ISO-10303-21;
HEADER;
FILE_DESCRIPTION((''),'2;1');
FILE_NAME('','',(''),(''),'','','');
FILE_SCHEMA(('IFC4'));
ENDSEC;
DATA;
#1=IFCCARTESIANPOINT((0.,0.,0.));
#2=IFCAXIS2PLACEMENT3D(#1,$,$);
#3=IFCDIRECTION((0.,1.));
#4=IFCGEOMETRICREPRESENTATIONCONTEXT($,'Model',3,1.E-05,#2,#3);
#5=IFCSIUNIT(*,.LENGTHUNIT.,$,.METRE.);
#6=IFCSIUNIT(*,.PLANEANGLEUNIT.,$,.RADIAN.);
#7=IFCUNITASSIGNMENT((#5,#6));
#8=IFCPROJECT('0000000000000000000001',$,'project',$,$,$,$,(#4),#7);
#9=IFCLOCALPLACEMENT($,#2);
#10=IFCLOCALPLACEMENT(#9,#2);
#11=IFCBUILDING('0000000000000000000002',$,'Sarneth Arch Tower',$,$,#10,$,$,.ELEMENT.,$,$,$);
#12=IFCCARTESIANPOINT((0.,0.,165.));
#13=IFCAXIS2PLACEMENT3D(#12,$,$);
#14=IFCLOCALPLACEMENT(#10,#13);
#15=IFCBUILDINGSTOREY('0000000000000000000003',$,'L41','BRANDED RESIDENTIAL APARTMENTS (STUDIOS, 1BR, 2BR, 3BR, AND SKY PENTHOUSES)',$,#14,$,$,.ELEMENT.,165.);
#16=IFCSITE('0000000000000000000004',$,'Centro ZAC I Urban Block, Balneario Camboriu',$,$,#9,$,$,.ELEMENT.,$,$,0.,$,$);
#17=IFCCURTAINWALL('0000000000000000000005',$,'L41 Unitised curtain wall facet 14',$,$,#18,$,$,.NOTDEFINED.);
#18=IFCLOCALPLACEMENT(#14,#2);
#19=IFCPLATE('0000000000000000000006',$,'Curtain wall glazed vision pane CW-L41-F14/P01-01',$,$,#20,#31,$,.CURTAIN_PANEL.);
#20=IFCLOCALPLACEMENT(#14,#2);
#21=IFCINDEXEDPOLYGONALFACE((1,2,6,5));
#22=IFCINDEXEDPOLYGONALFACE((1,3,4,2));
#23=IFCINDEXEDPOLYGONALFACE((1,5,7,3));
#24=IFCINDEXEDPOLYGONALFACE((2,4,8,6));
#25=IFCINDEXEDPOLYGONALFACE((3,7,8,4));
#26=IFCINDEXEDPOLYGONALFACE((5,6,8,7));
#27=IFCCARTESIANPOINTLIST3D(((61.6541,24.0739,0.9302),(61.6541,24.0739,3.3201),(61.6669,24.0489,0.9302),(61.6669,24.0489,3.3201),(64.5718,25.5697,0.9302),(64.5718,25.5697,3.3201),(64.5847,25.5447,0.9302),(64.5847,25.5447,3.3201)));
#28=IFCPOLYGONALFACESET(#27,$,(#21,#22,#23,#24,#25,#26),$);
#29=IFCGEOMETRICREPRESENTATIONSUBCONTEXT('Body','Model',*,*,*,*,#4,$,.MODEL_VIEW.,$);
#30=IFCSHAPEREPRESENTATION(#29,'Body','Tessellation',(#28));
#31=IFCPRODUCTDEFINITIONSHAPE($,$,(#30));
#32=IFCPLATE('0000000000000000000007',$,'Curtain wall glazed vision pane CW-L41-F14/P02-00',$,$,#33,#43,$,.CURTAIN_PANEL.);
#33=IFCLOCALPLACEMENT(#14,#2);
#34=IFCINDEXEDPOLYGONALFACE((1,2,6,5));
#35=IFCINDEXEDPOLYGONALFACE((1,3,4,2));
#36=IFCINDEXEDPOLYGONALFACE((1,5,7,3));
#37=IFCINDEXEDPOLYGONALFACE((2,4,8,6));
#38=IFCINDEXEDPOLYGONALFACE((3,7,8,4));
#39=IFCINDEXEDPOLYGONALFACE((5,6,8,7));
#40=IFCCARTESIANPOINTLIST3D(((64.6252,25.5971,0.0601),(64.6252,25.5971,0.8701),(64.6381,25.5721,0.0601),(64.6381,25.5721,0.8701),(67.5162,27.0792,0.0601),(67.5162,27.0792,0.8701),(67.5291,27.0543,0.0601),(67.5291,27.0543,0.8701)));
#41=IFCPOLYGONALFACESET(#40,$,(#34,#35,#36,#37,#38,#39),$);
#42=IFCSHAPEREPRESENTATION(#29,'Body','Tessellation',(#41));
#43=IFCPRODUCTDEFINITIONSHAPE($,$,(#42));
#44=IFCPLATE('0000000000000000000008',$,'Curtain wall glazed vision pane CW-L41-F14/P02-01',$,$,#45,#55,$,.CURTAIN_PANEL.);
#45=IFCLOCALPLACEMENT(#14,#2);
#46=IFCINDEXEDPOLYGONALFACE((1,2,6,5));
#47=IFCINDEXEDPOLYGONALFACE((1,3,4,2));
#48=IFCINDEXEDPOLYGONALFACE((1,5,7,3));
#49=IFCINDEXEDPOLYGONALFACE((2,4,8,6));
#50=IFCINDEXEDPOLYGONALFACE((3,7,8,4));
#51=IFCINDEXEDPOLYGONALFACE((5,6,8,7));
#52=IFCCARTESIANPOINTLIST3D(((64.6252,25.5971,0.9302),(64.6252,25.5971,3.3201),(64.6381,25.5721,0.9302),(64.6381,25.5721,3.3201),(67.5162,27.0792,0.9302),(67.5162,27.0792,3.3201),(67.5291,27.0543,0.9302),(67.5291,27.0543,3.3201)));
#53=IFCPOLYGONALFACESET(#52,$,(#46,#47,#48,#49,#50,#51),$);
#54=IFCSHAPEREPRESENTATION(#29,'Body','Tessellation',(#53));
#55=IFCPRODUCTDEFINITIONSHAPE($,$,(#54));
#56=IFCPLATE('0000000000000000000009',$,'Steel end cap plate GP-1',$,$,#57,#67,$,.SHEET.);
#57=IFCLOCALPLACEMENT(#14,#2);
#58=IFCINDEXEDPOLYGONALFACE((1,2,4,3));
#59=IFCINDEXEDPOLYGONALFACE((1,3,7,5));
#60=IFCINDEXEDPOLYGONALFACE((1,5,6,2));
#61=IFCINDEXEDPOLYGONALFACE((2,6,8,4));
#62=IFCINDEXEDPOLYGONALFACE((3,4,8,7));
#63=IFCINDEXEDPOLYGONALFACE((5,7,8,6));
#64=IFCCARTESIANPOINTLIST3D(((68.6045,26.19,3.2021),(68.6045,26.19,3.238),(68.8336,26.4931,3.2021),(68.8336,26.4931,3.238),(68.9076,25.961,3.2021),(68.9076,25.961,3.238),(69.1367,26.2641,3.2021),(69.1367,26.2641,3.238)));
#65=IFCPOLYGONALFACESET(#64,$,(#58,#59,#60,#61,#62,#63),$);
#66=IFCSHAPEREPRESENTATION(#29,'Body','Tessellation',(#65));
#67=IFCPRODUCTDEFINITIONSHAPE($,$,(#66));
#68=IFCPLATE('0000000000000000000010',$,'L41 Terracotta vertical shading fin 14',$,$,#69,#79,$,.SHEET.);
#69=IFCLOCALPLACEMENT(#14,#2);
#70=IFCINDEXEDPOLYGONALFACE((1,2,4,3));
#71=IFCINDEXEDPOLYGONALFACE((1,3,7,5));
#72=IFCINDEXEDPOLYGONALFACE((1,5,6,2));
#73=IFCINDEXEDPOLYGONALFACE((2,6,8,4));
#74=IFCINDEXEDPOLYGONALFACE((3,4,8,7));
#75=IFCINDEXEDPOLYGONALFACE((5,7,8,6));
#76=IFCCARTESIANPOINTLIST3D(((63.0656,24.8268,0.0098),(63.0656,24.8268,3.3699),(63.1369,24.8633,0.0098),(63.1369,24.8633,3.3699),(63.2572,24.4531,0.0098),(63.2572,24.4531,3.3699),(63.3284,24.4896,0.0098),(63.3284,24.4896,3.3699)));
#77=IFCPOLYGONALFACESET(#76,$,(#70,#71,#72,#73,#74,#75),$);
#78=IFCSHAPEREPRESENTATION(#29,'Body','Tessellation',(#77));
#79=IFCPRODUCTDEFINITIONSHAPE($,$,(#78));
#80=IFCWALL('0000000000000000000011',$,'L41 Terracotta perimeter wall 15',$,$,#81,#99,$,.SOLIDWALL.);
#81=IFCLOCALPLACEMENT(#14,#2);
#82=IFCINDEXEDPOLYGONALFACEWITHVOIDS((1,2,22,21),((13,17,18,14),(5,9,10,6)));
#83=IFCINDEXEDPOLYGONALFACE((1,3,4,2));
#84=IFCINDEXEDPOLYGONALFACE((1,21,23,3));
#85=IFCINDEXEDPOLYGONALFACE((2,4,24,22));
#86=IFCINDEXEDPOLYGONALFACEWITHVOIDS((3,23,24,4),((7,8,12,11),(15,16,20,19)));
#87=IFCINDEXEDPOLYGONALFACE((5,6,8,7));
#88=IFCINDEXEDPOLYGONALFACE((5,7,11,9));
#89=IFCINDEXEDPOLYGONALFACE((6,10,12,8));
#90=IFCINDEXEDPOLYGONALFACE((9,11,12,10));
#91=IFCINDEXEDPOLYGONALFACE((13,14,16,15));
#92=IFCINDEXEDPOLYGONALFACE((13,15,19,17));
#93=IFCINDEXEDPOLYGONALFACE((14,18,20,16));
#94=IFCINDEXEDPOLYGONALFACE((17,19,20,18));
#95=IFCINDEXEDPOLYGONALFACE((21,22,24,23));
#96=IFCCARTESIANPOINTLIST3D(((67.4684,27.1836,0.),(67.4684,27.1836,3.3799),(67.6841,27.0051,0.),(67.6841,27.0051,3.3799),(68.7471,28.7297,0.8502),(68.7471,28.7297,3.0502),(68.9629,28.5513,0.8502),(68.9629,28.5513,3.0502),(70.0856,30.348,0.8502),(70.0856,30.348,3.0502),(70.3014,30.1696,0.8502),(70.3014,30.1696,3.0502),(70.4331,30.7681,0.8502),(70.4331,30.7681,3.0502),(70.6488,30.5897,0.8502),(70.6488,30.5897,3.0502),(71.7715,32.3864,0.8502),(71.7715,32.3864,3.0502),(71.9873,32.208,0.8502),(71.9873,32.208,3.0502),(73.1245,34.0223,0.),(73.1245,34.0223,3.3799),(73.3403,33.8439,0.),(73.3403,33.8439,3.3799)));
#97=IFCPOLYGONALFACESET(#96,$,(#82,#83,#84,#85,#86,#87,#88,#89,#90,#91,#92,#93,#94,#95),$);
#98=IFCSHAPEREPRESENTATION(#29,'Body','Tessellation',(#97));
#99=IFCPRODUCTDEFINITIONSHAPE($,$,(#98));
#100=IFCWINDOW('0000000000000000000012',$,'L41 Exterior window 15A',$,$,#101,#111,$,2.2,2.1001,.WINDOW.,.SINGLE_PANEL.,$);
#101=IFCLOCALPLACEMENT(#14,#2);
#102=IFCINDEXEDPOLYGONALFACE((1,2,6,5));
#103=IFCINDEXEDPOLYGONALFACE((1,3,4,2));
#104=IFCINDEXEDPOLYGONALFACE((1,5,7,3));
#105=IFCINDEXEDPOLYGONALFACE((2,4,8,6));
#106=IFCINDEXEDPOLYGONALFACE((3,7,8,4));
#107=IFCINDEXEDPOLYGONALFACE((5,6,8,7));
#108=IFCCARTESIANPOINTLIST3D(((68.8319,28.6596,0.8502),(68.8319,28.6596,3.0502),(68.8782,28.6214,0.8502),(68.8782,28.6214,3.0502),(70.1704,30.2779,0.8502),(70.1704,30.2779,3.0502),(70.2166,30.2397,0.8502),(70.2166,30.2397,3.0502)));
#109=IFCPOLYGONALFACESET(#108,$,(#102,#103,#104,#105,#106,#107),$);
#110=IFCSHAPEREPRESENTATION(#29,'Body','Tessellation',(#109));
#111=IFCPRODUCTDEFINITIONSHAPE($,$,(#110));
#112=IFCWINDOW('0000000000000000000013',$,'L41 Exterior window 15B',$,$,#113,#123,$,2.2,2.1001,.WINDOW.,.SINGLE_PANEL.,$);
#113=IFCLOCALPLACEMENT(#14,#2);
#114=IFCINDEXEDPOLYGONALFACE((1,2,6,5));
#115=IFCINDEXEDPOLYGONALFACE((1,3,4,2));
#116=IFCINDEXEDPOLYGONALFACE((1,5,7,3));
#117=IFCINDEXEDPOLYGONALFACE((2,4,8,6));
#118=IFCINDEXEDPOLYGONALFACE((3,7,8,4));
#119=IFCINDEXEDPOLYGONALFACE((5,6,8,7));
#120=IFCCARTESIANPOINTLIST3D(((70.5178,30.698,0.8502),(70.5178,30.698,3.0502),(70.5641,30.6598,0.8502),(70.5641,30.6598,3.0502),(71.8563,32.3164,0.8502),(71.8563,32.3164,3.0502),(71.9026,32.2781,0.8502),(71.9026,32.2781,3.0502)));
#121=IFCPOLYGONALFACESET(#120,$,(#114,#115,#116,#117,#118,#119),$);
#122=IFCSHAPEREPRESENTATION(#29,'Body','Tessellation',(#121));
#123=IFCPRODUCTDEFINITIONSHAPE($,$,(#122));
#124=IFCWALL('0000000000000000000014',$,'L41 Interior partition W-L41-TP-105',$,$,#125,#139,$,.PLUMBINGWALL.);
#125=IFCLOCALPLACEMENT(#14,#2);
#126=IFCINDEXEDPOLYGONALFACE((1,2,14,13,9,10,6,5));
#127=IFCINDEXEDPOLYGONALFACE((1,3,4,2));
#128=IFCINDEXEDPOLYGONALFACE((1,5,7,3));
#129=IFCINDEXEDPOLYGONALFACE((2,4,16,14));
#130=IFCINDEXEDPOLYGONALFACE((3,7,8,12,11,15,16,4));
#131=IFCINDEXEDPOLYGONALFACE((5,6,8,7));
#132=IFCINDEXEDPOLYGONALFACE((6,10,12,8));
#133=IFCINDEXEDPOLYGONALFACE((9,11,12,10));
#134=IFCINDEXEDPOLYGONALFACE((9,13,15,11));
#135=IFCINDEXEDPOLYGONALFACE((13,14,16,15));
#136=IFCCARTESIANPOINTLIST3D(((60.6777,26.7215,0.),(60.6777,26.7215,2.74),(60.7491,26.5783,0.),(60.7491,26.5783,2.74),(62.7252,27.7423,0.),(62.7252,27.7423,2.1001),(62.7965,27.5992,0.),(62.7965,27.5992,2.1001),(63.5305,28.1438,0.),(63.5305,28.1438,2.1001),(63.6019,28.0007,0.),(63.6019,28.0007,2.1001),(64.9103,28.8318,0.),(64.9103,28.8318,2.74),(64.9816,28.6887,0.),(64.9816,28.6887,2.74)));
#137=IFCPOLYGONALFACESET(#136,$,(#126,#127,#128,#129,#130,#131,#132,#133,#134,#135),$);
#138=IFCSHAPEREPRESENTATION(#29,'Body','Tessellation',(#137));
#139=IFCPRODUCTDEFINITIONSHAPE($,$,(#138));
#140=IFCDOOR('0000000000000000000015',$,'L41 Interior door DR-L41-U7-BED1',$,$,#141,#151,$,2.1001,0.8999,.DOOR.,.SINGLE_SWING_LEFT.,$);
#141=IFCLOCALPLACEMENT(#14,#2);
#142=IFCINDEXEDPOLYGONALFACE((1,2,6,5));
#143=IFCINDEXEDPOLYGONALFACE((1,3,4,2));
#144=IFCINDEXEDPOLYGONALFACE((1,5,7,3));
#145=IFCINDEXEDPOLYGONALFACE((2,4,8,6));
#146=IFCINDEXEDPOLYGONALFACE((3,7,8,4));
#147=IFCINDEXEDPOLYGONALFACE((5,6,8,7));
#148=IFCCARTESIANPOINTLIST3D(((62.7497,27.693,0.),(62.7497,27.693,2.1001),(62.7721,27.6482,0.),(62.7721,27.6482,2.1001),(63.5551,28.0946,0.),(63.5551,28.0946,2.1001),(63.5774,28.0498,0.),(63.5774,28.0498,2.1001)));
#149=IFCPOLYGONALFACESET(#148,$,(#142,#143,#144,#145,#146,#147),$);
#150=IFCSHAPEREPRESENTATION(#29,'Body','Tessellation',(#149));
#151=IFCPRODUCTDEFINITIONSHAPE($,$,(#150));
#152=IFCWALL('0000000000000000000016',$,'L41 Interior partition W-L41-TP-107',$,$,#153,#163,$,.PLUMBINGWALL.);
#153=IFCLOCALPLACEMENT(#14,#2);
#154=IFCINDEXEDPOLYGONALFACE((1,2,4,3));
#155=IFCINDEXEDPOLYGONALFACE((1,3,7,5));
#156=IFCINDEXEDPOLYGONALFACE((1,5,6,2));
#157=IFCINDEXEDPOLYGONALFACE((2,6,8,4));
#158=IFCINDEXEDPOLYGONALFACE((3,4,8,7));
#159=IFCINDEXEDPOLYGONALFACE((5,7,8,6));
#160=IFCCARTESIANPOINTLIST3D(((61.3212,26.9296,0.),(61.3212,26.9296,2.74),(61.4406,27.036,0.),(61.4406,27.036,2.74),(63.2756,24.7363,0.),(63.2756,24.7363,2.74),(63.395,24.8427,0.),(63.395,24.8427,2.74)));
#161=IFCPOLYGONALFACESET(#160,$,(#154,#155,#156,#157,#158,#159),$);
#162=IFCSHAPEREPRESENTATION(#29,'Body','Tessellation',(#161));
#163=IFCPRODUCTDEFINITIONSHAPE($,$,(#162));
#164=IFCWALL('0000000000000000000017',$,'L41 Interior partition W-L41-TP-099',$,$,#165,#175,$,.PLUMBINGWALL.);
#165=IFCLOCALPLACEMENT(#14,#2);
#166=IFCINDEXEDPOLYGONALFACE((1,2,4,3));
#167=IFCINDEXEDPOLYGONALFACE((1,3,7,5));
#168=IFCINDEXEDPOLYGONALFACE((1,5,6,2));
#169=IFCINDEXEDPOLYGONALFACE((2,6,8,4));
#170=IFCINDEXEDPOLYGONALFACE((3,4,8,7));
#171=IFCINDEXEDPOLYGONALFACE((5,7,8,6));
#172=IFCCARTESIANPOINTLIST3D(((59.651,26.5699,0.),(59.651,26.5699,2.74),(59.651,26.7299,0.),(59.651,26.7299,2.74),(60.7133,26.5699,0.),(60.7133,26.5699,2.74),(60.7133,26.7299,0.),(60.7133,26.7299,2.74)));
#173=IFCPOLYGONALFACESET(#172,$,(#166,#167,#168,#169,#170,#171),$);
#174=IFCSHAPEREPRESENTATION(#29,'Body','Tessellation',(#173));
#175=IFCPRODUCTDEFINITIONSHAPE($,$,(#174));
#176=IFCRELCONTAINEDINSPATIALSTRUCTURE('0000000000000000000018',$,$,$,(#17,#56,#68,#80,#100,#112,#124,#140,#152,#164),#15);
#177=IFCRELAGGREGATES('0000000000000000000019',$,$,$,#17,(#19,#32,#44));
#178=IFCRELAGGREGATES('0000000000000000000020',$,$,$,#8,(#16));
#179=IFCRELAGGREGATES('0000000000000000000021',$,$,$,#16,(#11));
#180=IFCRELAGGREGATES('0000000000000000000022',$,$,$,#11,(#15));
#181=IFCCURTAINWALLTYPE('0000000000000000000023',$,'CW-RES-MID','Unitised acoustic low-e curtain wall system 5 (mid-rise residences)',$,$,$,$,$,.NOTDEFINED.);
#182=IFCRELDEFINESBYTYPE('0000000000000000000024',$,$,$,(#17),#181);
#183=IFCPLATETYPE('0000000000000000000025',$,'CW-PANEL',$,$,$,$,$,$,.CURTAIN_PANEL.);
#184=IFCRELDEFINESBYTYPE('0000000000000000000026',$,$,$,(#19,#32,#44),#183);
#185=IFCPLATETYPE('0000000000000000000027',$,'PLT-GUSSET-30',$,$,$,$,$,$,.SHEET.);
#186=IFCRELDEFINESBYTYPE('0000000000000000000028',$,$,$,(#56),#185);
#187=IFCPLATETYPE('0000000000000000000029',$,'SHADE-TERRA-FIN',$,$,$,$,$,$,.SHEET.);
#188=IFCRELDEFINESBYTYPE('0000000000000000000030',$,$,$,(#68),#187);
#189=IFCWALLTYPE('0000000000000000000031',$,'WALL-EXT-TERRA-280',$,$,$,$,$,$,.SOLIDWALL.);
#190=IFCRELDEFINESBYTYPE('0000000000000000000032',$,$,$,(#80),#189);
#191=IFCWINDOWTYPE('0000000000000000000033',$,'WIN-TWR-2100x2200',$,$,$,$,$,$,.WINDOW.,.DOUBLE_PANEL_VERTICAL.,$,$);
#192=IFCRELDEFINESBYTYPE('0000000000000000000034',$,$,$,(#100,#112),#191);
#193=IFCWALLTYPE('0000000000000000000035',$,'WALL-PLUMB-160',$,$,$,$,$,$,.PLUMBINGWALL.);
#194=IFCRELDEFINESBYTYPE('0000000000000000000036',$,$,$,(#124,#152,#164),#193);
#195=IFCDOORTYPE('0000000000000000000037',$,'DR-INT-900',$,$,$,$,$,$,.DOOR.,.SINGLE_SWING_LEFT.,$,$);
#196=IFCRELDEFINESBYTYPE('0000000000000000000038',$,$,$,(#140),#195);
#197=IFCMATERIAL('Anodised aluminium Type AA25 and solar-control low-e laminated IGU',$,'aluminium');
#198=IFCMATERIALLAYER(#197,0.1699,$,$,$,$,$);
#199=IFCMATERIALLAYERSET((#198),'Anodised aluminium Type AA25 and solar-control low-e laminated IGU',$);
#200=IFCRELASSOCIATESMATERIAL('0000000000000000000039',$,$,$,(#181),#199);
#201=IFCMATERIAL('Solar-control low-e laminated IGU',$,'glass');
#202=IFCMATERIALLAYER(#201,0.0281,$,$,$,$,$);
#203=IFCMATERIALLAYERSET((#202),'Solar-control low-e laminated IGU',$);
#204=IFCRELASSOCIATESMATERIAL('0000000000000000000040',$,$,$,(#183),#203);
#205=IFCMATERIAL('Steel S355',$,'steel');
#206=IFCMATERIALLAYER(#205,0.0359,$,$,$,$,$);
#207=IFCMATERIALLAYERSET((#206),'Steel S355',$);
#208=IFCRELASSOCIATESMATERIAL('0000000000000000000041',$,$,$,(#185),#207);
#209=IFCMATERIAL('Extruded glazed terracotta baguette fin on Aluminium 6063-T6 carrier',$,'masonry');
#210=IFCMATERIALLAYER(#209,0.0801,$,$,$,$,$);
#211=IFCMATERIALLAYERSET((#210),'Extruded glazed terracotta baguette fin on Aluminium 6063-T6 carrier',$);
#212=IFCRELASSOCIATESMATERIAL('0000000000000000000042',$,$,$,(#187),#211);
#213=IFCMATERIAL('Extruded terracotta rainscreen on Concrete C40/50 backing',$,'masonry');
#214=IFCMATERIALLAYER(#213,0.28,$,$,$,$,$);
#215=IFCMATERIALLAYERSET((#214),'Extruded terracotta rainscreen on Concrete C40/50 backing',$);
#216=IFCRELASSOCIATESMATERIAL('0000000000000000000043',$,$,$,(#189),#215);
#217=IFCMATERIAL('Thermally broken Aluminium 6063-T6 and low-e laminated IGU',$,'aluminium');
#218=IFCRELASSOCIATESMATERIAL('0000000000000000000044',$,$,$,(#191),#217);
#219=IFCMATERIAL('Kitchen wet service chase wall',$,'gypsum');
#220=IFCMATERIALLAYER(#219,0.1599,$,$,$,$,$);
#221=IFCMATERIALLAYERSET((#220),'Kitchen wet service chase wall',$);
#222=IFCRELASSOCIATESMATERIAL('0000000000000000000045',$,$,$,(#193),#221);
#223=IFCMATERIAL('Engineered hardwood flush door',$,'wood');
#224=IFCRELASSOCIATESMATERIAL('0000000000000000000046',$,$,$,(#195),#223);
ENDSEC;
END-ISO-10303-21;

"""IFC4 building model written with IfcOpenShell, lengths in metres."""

from ifc_helpers import new_model, si_unit, direction, frame, frame_2d, origin, origin_2d, place, context, subcontext, project, spatial, rectangle, extrude, material, layer, layer_set, type_object, element, fill, aggregate, save


model = new_model("IFC4")

# Units and contexts
model_context = context("Model", 3, precision=1e-05, world=origin(), true_north=direction((0.0, 1.0)))
body_context = subcontext(model_context, "Body", "Model", "MODEL_VIEW")
ifc_project = project(units=[si_unit("LENGTHUNIT", "METRE"), si_unit("PLANEANGLEUNIT", "RADIAN")], contexts=[model_context])

# Site, building, storey
site_placement = place(None, origin())
site = spatial("IfcSite", under=ifc_project, at=site_placement, Name="Centro ZAC I Urban Block, Balneario Camboriu", CompositionType="ELEMENT", RefElevation=0.0)
building_placement = place(site_placement, origin())
building = spatial("IfcBuilding", under=site, at=building_placement, Name="Sarneth Arch Tower", CompositionType="ELEMENT")
storey_placement = place(building_placement, frame((0.0, 0.0, 165.0)))
storey = spatial("IfcBuildingStorey", under=building, at=storey_placement, Name="L41", Description="BRANDED RESIDENTIAL APARTMENTS (STUDIOS, 1BR, 2BR, 3BR, AND SKY PENTHOUSES)", CompositionType="ELEMENT", Elevation=165.0)

# Curtain wall, plates
ifc_material_1 = material(Name="Anodised aluminium Type AA25 and solar-control low-e laminated IGU", Category="aluminium")
ifc_layer_1 = layer(ifc_material_1, 0.1699)
ifc_layer_set_1 = layer_set([ifc_layer_1], Name="Anodised aluminium Type AA25 and solar-control low-e laminated IGU")
curtain_wall_type = type_object("IfcCurtainWallType", Name="CW-RES-MID", Description="Unitised acoustic low-e curtain wall system 5 (mid-rise residences)", PredefinedType="NOTDEFINED", material=ifc_layer_set_1)
curtain_wall_placement = place(storey_placement, origin())
curtain_wall = element("IfcCurtainWall", 1, at=curtain_wall_placement, inside=storey, type_object=curtain_wall_type, Name="L41 Unitised curtain wall facet 14", PredefinedType="NOTDEFINED")
ifc_material_2 = material(Name="Solar-control low-e laminated IGU", Category="glass")
ifc_layer_2 = layer(ifc_material_2, 0.0281)
ifc_layer_set_2 = layer_set([ifc_layer_2], Name="Solar-control low-e laminated IGU")
plate_type_1 = type_object("IfcPlateType", Name="CW-PANEL", PredefinedType="CURTAIN_PANEL", material=ifc_layer_set_2)
plate_1_placement = place(storey_placement, frame((63.1194, 24.8093, 0.9302), z_axis=(0.0, 0.0, 1.0), x_axis=(0.889873, 0.456208, 0.0)))
plate_1 = element("IfcPlate", 2, at=plate_1_placement, type_object=plate_type_1, Name="Curtain wall glazed vision pane CW-L41-F14/P01-01", PredefinedType="CURTAIN_PANEL", context=body_context, shape_type="SweptSolid", body=[
    extrude(rectangle(XDim=3.2788, YDim=0.0281, at=origin_2d()), origin(), (0.0, 0.0, 1.0), 2.3899),
])
plate_2_placement = place(storey_placement, frame((66.0771, 26.3257, 0.0601), z_axis=(0.0, 0.0, 1.0), x_axis=(0.889873, 0.456208, 0.0)))
plate_2 = element("IfcPlate", 3, at=plate_2_placement, type_object=plate_type_1, Name="Curtain wall glazed vision pane CW-L41-F14/P02-00", PredefinedType="CURTAIN_PANEL", context=body_context, shape_type="SweptSolid", body=[
    extrude(rectangle(XDim=3.2488, YDim=0.0281, at=origin_2d()), origin(), (0.0, 0.0, 1.0), 0.8101),
])
plate_3_placement = place(storey_placement, frame((66.0771, 26.3257, 0.9302), z_axis=(0.0, 0.0, 1.0), x_axis=(0.889873, 0.456208, 0.0)))
plate_3 = element("IfcPlate", 4, at=plate_3_placement, type_object=plate_type_1, Name="Curtain wall glazed vision pane CW-L41-F14/P02-01", PredefinedType="CURTAIN_PANEL", context=body_context, shape_type="SweptSolid", body=[
    extrude(rectangle(XDim=3.2488, YDim=0.0281, at=origin_2d()), origin(), (0.0, 0.0, 1.0), 2.3899),
])
aggregate(curtain_wall, [plate_1, plate_2, plate_3])

# Plates
ifc_material_3 = material(Name="Steel S355", Category="steel")
ifc_layer_3 = layer(ifc_material_3, 0.0359)
ifc_layer_set_3 = layer_set([ifc_layer_3], Name="Steel S355")
plate_type_2 = type_object("IfcPlateType", Name="PLT-GUSSET-30", PredefinedType="SHEET", material=ifc_layer_set_3)
plate_4_placement = place(storey_placement, frame((68.8706, 26.2271, 3.2021), z_axis=(0.0, 0.0, 1.0), x_axis=(0.797794, -0.60293, 0.0)))
element("IfcPlate", 5, at=plate_4_placement, inside=storey, type_object=plate_type_2, Name="Steel end cap plate GP-1", PredefinedType="SHEET", context=body_context, shape_type="SweptSolid", body=[
    extrude(rectangle(XDim=0.3799, YDim=0.3799, at=origin_2d()), origin(), (0.0, 0.0, 1.0), 0.0359),
])
ifc_material_4 = material(Name="Extruded glazed terracotta baguette fin on Aluminium 6063-T6 carrier", Category="masonry")
ifc_layer_4 = layer(ifc_material_4, 0.0801)
ifc_layer_set_4 = layer_set([ifc_layer_4], Name="Extruded glazed terracotta baguette fin on Aluminium 6063-T6 carrier")
plate_type_3 = type_object("IfcPlateType", Name="SHADE-TERRA-FIN", PredefinedType="SHEET", material=ifc_layer_set_4)
plate_5_placement = place(storey_placement, frame((63.197, 24.6582, 0.0098), z_axis=(0.0, 0.0, 1.0), x_axis=(0.456166, -0.889895, 0.0)))
element("IfcPlate", 6, at=plate_5_placement, inside=storey, type_object=plate_type_3, Name="L41 Terracotta vertical shading fin 14", PredefinedType="SHEET", context=body_context, shape_type="SweptSolid", body=[
    extrude(rectangle(XDim=0.4199, YDim=0.0801, at=origin_2d()), origin(), (0.0, 0.0, 1.0), 3.3601),
])

# Wall, openings, windows
ifc_material_5 = material(Name="Extruded terracotta rainscreen on Concrete C40/50 backing", Category="masonry")
ifc_layer_5 = layer(ifc_material_5, 0.28)
ifc_layer_set_5 = layer_set([ifc_layer_5], Name="Extruded terracotta rainscreen on Concrete C40/50 backing")
wall_type_1 = type_object("IfcWallType", Name="WALL-EXT-TERRA-280", PredefinedType="SOLIDWALL", material=ifc_layer_set_5)
wall_1_placement = place(storey_placement, frame((67.5762, 27.0942, 0.0), z_axis=(0.0, 0.0, 1.0), x_axis=(0.637333, 0.770588, 0.0)))
wall_1 = element("IfcWall", 7, at=wall_1_placement, inside=storey, type_object=wall_type_1, Name="L41 Terracotta perimeter wall 15", PredefinedType="SOLIDWALL", context=body_context, shape_type="SweptSolid", body=[
    extrude(rectangle(XDim=8.8748, YDim=0.28, at=frame_2d((4.4375, 0.0))), origin(), (0.0, 0.0, 1.0), 3.3799),
])
opening_1_placement = place(wall_1_placement, frame((2.0066, 0.0, 0.8501)))
opening_1 = element("IfcOpeningElement", 8, at=opening_1_placement, cuts=wall_1, PredefinedType="OPENING", context=body_context, shape_type="SweptSolid", body=[
    extrude(rectangle(XDim=2.1001, YDim=2.2, at=frame_2d((1.05, 1.1001))), frame((0.0, 0.1499, 0.0), z_axis=(0.0, -1.0, 0.0), x_axis=(1.0, 0.0, 0.0)), (0.0, 0.0, 1.0), 0.3),
])
opening_2_placement = place(wall_1_placement, frame((4.6519, 0.0, 0.8501)))
opening_2 = element("IfcOpeningElement", 9, at=opening_2_placement, cuts=wall_1, PredefinedType="OPENING", context=body_context, shape_type="SweptSolid", body=[
    extrude(rectangle(XDim=2.1001, YDim=2.2, at=frame_2d((1.05, 1.1001))), frame((0.0, 0.1499, 0.0), z_axis=(0.0, -1.0, 0.0), x_axis=(1.0, 0.0, 0.0)), (0.0, 0.0, 1.0), 0.3),
])
ifc_material_6 = material(Name="Thermally broken Aluminium 6063-T6 and low-e laminated IGU", Category="aluminium")
window_type = type_object("IfcWindowType", Name="WIN-TWR-2100x2200", PartitioningType="DOUBLE_PANEL_VERTICAL", PredefinedType="WINDOW", material=ifc_material_6)
window_1_placement = place(opening_1_placement, origin())
window_1 = element("IfcWindow", 10, at=window_1_placement, inside=storey, type_object=window_type, Name="L41 Exterior window 15A", OverallHeight=2.2, OverallWidth=2.1001, PartitioningType="SINGLE_PANEL", PredefinedType="WINDOW", context=body_context, shape_type="SweptSolid", body=[
    extrude(rectangle(XDim=2.1001, YDim=2.2, at=frame_2d((1.05, 1.1001))), frame((0.0, 0.03, 0.0), z_axis=(0.0, -1.0, 0.0), x_axis=(1.0, 0.0, 0.0)), (0.0, 0.0, 1.0), 0.0601),
])
fill(opening_1, window_1)
window_2_placement = place(opening_2_placement, origin())
window_2 = element("IfcWindow", 11, at=window_2_placement, inside=storey, type_object=window_type, Name="L41 Exterior window 15B", OverallHeight=2.2, OverallWidth=2.1001, PartitioningType="SINGLE_PANEL", PredefinedType="WINDOW", context=body_context, shape_type="SweptSolid", body=[
    extrude(rectangle(XDim=2.1001, YDim=2.2, at=frame_2d((1.05, 1.1001))), frame((0.0, 0.03, 0.0), z_axis=(0.0, -1.0, 0.0), x_axis=(1.0, 0.0, 0.0)), (0.0, 0.0, 1.0), 0.0601),
])
fill(opening_2, window_2)

# Wall, opening, door
ifc_material_7 = material(Name="Kitchen wet service chase wall", Category="gypsum")
ifc_layer_6 = layer(ifc_material_7, 0.1599)
ifc_layer_set_6 = layer_set([ifc_layer_6], Name="Kitchen wet service chase wall")
wall_type_2 = type_object("IfcWallType", Name="WALL-PLUMB-160", PredefinedType="PLUMBINGWALL", material=ifc_layer_set_6)
wall_2_placement = place(storey_placement, frame((60.7134, 26.6499, 0.0), z_axis=(0.0, 0.0, 1.0), x_axis=(0.894932, 0.446202, 0.0)))
wall_2 = element("IfcWall", 12, at=wall_2_placement, inside=storey, type_object=wall_type_2, Name="L41 Interior partition W-L41-TP-105", PredefinedType="PLUMBINGWALL", context=body_context, shape_type="SweptSolid", body=[
    extrude(rectangle(XDim=4.7295, YDim=0.1599, at=frame_2d((2.3647, 0.0))), origin(), (0.0, 0.0, 1.0), 2.74),
])
opening_3_placement = place(wall_2_placement, frame((2.2878, 0.0, 0.0)))
opening_3 = element("IfcOpeningElement", 13, at=opening_3_placement, cuts=wall_2, PredefinedType="OPENING", context=body_context, shape_type="SweptSolid", body=[
    extrude(rectangle(XDim=0.8999, YDim=2.1001, at=frame_2d((0.45, 1.05))), frame((0.0, 0.0898, 0.0), z_axis=(0.0, -1.0, 0.0), x_axis=(1.0, 0.0, 0.0)), (0.0, 0.0, 1.0), 0.1799),
])
ifc_material_8 = material(Name="Engineered hardwood flush door", Category="wood")
door_type = type_object("IfcDoorType", Name="DR-INT-900", OperationType="SINGLE_SWING_LEFT", PredefinedType="DOOR", material=ifc_material_8)
door_placement = place(opening_3_placement, origin())
door = element("IfcDoor", 14, at=door_placement, inside=storey, type_object=door_type, Name="L41 Interior door DR-L41-U7-BED1", OperationType="SINGLE_SWING_LEFT", OverallHeight=2.1001, OverallWidth=0.8999, PredefinedType="DOOR", context=body_context, shape_type="SweptSolid", body=[
    extrude(rectangle(XDim=0.8999, YDim=2.1001, at=frame_2d((0.45, 1.05))), frame((0.0, 0.0249, 0.0), z_axis=(0.0, -1.0, 0.0), x_axis=(1.0, 0.0, 0.0)), (0.0, 0.0, 1.0), 0.05),
])
fill(opening_3, door)

# Walls
wall_3_placement = place(storey_placement, frame((63.3352, 24.7896, 0.0), z_axis=(0.0, 0.0, 1.0), x_axis=(-0.665256, 0.746616, 0.0)))
element("IfcWall", 15, at=wall_3_placement, inside=storey, type_object=wall_type_2, Name="L41 Interior partition W-L41-TP-107", PredefinedType="PLUMBINGWALL", context=body_context, shape_type="SweptSolid", body=[
    extrude(rectangle(XDim=2.9377, YDim=0.1599, at=frame_2d((1.4688, 0.0))), origin(), (0.0, 0.0, 1.0), 2.74),
])
wall_4_placement = place(storey_placement, frame((60.7134, 26.6499, 0.0), z_axis=(0.0, 0.0, 1.0), x_axis=(-1.0, 0.0, 0.0)))
element("IfcWall", 16, at=wall_4_placement, inside=storey, type_object=wall_type_2, Name="L41 Interior partition W-L41-TP-099", PredefinedType="PLUMBINGWALL", context=body_context, shape_type="SweptSolid", body=[
    extrude(rectangle(XDim=1.0623, YDim=0.1599, at=frame_2d((0.5312, 0.0))), origin(), (0.0, 0.0, 1.0), 2.74),
])

save(model, "model.ifc")
